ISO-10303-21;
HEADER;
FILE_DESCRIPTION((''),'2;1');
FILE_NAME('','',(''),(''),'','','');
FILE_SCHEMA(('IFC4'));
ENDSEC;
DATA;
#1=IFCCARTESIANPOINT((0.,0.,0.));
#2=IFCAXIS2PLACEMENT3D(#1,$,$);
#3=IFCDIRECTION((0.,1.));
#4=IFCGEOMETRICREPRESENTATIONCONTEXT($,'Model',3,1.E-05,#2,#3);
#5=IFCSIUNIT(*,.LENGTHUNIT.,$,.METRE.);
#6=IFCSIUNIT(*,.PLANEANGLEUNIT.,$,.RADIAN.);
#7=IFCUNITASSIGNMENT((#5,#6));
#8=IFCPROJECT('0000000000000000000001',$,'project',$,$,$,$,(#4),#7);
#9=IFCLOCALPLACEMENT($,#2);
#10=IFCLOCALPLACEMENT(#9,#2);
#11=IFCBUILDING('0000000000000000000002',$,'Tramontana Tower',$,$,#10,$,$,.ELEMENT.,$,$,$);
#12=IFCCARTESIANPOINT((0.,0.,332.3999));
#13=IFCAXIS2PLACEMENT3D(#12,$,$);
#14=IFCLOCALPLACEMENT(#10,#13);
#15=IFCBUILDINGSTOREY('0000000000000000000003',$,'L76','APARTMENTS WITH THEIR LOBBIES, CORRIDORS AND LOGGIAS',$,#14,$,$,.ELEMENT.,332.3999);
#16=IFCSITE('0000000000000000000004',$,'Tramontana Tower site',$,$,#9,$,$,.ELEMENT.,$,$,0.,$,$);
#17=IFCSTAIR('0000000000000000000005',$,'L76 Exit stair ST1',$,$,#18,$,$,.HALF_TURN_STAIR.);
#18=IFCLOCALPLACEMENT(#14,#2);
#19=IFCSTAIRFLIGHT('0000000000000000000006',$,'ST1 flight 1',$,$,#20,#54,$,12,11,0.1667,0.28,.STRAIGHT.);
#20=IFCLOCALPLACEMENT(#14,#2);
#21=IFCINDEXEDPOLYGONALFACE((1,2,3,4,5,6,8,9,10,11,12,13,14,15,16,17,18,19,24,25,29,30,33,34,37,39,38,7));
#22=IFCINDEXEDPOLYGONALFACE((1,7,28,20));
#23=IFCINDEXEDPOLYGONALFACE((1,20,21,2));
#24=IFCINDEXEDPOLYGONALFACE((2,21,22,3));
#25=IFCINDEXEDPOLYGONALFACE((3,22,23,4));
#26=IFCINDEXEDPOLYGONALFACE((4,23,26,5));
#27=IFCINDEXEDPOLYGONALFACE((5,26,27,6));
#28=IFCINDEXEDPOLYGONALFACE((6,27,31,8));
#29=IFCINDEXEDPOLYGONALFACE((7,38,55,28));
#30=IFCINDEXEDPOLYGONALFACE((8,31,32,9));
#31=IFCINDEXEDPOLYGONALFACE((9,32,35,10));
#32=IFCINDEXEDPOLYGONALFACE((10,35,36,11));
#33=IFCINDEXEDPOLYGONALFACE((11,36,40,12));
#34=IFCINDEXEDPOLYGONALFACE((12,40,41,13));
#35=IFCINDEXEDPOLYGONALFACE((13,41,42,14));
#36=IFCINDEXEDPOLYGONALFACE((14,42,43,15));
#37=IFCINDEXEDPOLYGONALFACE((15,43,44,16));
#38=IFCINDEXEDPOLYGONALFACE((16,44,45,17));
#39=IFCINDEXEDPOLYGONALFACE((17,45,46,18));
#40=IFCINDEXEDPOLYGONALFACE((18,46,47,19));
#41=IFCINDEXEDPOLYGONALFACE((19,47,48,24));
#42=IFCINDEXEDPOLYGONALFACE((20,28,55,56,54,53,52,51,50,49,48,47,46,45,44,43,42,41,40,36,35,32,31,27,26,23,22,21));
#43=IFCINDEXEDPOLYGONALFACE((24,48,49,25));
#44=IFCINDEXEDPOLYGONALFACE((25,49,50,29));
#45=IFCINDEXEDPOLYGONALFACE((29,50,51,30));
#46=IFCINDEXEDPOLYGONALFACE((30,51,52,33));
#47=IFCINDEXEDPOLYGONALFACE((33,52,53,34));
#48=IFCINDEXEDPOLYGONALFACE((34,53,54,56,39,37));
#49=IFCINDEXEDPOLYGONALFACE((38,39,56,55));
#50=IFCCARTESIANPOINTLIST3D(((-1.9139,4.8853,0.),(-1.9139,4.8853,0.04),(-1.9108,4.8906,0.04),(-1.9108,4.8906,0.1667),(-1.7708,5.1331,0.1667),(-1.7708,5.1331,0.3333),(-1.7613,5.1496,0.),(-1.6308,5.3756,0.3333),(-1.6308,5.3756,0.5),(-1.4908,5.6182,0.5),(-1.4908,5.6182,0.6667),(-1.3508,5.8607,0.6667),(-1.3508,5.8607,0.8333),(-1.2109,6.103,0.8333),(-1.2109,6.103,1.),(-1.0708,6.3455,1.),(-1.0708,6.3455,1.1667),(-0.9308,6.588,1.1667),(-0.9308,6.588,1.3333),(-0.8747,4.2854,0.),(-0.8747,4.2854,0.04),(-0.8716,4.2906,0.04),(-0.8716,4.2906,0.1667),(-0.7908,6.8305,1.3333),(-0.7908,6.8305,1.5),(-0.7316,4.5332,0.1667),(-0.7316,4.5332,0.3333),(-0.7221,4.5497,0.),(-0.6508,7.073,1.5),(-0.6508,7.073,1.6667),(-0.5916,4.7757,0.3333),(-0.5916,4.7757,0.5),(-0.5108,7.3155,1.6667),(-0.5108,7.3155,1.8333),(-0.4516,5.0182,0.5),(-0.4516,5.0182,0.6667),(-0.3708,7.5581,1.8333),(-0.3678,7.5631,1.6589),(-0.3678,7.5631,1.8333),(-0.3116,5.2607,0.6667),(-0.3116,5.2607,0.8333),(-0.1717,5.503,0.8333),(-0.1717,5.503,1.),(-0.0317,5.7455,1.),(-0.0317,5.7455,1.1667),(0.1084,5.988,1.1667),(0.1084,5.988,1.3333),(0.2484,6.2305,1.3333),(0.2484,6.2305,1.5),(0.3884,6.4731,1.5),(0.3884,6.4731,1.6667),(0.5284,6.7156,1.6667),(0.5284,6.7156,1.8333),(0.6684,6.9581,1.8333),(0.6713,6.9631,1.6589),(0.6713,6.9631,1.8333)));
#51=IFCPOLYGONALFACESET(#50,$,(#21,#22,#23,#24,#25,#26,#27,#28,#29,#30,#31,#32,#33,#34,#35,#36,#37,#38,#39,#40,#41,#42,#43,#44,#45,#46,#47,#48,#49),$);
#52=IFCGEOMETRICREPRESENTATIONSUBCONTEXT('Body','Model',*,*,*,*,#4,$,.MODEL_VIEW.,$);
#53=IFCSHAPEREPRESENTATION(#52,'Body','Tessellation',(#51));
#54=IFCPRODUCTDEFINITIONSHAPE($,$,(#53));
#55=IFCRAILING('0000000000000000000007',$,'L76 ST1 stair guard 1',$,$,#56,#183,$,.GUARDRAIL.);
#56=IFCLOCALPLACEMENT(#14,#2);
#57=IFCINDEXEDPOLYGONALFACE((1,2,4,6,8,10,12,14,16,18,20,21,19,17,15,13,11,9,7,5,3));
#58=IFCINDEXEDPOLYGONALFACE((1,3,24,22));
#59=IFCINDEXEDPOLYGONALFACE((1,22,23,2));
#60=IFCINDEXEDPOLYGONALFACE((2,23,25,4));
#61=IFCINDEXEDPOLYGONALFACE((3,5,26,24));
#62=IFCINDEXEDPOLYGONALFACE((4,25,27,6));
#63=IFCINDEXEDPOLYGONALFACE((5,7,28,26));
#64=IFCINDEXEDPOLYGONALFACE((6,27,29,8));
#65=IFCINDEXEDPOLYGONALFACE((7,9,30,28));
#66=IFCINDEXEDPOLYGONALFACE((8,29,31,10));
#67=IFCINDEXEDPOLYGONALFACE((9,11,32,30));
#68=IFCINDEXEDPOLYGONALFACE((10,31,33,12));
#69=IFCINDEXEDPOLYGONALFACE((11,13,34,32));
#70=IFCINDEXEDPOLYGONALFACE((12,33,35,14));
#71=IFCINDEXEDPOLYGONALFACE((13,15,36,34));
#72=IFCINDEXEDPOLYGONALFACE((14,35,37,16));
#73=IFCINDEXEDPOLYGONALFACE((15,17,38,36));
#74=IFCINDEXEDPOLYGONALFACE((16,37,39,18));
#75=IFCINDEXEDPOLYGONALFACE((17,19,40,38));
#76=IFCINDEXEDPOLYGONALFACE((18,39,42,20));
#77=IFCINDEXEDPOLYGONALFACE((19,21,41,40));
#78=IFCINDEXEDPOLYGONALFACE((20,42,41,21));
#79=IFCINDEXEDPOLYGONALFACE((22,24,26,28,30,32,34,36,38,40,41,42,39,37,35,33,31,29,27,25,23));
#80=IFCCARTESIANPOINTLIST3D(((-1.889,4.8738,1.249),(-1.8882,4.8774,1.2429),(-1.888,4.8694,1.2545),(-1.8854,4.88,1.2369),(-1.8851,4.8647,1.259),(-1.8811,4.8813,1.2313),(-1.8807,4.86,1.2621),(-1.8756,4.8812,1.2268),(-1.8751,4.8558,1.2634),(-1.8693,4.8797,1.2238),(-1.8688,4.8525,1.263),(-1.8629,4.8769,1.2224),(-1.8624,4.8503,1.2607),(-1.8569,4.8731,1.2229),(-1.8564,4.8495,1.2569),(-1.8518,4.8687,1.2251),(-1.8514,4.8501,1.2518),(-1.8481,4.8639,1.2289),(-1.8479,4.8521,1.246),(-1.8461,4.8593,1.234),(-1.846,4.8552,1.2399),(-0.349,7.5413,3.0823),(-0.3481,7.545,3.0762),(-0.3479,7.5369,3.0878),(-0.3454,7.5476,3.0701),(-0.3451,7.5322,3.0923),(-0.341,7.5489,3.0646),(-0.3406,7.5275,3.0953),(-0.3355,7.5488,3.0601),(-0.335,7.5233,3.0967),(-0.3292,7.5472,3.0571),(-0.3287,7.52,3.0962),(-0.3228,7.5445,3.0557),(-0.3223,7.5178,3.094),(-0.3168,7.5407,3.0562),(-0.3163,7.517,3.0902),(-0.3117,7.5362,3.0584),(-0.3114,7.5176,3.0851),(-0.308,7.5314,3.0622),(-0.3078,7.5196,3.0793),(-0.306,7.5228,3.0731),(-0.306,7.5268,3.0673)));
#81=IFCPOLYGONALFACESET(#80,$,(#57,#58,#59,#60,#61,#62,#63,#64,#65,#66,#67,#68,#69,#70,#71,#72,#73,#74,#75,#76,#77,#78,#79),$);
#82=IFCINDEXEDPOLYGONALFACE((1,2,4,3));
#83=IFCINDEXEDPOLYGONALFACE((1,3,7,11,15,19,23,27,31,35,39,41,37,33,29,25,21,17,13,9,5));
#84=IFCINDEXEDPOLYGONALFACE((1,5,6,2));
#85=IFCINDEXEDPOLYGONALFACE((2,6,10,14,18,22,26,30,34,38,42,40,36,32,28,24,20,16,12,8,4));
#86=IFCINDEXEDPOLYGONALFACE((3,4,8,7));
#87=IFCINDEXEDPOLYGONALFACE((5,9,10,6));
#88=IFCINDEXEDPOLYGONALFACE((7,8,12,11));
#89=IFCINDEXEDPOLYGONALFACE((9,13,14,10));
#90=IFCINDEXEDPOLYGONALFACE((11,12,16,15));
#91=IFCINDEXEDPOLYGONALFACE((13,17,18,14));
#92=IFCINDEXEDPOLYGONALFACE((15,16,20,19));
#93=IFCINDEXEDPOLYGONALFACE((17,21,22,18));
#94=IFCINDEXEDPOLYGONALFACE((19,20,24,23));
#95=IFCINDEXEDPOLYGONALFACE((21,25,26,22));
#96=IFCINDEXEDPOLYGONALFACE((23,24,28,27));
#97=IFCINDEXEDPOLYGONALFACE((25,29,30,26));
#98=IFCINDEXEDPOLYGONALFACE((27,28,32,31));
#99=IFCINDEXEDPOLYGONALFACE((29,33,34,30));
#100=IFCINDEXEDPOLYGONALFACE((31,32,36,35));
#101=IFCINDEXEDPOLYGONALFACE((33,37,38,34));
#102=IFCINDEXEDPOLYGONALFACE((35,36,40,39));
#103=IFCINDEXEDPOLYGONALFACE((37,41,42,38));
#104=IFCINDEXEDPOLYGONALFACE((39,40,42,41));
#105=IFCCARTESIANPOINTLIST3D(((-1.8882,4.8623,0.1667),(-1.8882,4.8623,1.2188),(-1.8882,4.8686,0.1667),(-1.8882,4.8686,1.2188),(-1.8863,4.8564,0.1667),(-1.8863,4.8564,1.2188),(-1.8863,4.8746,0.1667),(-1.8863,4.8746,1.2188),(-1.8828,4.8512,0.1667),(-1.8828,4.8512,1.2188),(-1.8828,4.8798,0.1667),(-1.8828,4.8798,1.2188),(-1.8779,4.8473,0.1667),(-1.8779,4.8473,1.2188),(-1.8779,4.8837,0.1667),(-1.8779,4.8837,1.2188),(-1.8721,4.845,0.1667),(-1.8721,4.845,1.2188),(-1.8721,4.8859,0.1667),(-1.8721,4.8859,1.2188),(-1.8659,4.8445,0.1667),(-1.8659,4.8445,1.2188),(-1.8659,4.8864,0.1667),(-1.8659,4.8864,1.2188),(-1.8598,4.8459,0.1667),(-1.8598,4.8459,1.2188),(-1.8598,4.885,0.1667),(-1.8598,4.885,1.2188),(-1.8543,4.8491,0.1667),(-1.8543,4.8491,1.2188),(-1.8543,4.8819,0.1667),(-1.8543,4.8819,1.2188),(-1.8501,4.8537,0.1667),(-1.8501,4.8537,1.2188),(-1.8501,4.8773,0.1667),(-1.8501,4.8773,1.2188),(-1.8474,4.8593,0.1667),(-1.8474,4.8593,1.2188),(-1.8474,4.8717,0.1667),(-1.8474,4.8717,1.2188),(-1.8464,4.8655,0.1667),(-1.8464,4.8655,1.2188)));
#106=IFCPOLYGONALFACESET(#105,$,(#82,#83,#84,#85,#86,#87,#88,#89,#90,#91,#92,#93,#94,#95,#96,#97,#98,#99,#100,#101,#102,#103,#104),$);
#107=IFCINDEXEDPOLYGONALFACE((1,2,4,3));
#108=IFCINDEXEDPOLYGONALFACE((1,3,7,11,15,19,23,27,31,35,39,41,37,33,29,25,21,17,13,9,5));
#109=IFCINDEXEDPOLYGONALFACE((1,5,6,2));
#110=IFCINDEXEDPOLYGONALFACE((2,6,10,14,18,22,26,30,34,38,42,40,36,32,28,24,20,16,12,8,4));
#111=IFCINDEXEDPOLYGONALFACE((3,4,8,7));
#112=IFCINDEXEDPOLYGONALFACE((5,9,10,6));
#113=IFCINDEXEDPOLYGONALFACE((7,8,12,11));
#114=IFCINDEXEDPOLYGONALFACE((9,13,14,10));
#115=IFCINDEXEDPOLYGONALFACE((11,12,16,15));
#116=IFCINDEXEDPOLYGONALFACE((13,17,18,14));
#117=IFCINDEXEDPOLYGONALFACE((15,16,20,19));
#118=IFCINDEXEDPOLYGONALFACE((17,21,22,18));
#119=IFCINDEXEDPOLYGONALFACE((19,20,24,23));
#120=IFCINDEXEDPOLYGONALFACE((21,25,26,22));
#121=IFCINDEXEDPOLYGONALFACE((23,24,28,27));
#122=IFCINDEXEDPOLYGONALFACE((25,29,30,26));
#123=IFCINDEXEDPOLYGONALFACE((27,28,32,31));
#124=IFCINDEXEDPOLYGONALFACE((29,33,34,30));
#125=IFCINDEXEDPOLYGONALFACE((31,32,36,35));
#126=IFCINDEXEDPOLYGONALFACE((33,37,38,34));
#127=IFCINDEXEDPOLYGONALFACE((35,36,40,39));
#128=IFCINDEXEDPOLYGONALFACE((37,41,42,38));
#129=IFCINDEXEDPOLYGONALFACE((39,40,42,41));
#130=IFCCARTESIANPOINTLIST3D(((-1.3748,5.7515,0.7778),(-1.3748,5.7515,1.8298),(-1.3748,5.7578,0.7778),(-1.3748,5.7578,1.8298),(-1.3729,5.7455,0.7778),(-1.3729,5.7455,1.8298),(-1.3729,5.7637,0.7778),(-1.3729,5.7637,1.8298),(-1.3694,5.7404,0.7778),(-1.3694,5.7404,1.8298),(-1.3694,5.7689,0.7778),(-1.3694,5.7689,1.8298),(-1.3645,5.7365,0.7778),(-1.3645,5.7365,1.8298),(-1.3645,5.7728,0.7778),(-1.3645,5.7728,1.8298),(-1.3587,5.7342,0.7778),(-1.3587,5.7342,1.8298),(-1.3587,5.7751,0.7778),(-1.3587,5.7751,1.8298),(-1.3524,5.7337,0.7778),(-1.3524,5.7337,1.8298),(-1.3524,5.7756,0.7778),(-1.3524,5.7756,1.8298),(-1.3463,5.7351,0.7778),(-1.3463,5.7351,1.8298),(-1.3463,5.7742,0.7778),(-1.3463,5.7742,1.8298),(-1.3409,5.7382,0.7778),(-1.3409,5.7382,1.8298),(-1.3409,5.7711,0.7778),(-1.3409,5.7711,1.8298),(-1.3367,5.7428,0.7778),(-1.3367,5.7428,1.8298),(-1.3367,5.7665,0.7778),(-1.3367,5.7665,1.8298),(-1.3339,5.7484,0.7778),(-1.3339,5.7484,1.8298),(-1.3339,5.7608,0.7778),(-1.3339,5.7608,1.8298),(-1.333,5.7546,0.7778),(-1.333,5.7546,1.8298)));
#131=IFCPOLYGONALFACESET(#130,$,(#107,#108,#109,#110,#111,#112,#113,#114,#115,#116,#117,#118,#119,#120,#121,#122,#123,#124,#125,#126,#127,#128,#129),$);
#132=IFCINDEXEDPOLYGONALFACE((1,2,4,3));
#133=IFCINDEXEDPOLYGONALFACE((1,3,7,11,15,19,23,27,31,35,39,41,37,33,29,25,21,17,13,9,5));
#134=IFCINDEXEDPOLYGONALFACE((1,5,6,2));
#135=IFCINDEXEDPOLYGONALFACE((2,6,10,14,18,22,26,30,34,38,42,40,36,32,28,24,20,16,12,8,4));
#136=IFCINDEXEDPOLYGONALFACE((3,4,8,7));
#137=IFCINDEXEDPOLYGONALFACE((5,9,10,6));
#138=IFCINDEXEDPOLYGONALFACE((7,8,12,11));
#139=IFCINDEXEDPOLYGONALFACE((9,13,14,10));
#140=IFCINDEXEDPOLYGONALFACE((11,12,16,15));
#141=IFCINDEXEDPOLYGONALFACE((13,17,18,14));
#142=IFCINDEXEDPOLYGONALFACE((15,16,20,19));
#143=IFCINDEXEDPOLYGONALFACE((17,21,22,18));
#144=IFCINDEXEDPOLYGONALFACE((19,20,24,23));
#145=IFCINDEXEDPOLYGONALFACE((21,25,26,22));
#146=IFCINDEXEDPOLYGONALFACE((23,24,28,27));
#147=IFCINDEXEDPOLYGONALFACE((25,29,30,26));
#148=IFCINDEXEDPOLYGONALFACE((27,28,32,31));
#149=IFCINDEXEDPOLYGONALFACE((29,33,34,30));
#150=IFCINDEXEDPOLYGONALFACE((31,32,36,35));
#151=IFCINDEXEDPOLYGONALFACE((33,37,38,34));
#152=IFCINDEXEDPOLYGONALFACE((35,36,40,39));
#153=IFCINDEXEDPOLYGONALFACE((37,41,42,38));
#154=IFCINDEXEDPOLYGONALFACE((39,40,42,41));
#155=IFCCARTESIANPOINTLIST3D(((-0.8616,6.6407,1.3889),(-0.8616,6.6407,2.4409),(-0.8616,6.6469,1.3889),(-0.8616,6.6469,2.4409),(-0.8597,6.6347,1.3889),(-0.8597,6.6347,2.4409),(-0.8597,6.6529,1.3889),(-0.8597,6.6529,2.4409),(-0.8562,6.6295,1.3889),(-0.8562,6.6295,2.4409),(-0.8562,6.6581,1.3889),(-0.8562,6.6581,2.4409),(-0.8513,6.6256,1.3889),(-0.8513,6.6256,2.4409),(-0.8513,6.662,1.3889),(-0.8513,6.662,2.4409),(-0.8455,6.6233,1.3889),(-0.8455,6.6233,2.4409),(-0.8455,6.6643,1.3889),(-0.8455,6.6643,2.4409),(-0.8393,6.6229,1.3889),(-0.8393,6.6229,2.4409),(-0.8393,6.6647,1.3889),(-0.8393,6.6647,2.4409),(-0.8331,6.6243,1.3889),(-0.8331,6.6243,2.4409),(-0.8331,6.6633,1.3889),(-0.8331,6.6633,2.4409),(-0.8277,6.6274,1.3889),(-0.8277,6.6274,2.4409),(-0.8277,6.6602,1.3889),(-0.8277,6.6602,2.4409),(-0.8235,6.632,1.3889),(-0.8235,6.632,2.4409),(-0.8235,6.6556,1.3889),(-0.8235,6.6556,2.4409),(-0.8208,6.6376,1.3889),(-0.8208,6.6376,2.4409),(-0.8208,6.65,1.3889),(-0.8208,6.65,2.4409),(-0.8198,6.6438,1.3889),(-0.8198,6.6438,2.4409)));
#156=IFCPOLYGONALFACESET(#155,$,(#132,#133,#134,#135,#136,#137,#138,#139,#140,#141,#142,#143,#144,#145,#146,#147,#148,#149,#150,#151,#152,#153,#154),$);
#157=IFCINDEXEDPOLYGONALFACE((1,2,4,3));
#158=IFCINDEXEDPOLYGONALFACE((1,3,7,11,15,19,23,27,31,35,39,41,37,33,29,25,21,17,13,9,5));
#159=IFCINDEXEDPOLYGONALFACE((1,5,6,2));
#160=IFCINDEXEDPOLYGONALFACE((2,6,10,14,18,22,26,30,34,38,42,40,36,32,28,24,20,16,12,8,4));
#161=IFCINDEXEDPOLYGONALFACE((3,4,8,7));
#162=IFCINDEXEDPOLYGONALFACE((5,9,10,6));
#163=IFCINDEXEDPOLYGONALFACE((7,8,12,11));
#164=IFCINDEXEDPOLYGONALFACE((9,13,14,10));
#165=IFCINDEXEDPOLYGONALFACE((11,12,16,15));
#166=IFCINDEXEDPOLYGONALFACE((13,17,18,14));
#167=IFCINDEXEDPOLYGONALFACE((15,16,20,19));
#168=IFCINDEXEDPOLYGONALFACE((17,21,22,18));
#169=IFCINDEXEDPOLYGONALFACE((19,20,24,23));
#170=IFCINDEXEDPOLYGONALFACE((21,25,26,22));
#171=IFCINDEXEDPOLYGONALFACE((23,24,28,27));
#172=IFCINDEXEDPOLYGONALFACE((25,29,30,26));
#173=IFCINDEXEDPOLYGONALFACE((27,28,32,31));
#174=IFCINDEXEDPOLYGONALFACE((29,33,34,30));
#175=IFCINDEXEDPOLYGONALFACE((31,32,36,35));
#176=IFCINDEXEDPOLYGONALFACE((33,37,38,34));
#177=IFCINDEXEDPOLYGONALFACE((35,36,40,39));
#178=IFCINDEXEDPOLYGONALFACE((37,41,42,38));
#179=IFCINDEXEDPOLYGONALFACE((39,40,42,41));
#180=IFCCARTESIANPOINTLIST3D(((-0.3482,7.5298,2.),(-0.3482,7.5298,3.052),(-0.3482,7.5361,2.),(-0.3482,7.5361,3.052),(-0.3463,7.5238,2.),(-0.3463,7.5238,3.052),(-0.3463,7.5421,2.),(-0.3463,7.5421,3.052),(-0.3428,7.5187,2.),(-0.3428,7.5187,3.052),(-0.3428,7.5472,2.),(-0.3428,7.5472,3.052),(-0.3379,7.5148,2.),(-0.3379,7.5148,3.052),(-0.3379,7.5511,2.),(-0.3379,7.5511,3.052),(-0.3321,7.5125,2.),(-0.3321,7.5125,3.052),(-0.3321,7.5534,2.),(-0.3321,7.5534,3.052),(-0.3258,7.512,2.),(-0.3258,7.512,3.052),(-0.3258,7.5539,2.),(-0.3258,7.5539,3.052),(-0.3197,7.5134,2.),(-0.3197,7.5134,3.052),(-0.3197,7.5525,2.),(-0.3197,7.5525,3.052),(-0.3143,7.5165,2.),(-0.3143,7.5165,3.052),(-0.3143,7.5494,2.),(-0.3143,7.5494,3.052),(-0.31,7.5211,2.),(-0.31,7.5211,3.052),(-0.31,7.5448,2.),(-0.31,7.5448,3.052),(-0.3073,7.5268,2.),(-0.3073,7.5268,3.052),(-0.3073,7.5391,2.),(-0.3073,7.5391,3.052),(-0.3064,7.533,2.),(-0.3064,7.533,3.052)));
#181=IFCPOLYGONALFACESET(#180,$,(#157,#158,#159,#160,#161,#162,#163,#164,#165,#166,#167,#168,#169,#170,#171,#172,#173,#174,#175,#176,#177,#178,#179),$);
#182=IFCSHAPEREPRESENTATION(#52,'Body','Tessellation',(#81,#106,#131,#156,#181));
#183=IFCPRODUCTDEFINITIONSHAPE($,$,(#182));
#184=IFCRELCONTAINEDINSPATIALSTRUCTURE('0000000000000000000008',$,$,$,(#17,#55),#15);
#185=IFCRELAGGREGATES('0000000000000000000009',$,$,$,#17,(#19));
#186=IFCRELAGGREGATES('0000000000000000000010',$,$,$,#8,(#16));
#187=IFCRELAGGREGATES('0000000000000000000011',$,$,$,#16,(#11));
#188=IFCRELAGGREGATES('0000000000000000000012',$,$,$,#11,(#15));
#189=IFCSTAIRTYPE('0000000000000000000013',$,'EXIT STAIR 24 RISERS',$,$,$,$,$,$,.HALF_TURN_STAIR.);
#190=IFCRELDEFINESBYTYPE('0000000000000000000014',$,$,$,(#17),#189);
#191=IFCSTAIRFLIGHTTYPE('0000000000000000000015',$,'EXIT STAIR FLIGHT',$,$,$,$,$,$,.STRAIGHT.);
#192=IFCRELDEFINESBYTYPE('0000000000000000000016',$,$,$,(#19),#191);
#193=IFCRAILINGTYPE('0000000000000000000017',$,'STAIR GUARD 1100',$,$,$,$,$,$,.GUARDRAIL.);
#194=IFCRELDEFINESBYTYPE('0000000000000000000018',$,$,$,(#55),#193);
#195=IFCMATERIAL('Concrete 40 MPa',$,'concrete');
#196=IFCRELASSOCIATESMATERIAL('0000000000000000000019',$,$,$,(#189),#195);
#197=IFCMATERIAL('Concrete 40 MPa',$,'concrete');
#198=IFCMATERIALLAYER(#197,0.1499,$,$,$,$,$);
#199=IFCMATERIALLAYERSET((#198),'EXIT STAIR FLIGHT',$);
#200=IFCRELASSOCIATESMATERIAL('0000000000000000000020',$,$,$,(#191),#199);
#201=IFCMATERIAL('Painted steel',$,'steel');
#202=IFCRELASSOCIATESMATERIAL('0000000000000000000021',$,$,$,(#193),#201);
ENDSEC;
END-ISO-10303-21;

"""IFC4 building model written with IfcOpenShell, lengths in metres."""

from ifc_helpers import new_model, si_unit, direction, frame, origin, origin_2d, place, context, subcontext, project, spatial, polyline, circle, outline, extrude, material, layer, layer_set, type_object, element, aggregate, save


model = new_model("IFC4")

# Units and contexts
model_context = context("Model", 3, precision=1e-05, world=origin(), true_north=direction((0.0, 1.0)))
body_context = subcontext(model_context, "Body", "Model", "MODEL_VIEW")
ifc_project = project(units=[si_unit("LENGTHUNIT", "METRE"), si_unit("PLANEANGLEUNIT", "RADIAN")], contexts=[model_context])

# Site, building, storey
site_placement = place(None, origin())
site = spatial("IfcSite", under=ifc_project, at=site_placement, Name="Tramontana Tower site", CompositionType="ELEMENT", RefElevation=0.0)
building_placement = place(site_placement, origin())
building = spatial("IfcBuilding", under=site, at=building_placement, Name="Tramontana Tower", CompositionType="ELEMENT")
storey_placement = place(building_placement, frame((0.0, 0.0, 332.3999)))
storey = spatial("IfcBuildingStorey", under=building, at=storey_placement, Name="L76", Description="APARTMENTS WITH THEIR LOBBIES, CORRIDORS AND LOGGIAS", CompositionType="ELEMENT", Elevation=332.3999)

# Stair, stair flight
ifc_material_1 = material(Name="Concrete 40 MPa", Category="concrete")
stair_type = type_object("IfcStairType", Name="EXIT STAIR 24 RISERS", PredefinedType="HALF_TURN_STAIR", material=ifc_material_1)
stair_placement = place(storey_placement, origin())
stair = element("IfcStair", 1, at=stair_placement, inside=storey, type_object=stair_type, Name="L76 Exit stair ST1", PredefinedType="HALF_TURN_STAIR")
ifc_material_2 = material(Name="Concrete 40 MPa", Category="concrete")
ifc_layer_1 = layer(ifc_material_2, 0.1499)
ifc_layer_set_1 = layer_set([ifc_layer_1], Name="EXIT STAIR FLIGHT")
stair_flight_type = type_object("IfcStairFlightType", Name="EXIT STAIR FLIGHT", PredefinedType="STRAIGHT", material=ifc_layer_set_1)
stair_flight_placement = place(storey_placement, frame((-1.3911, 4.5906, 0.0), z_axis=(0.0, 0.0, 1.0), x_axis=(0.5, 0.866025, 0.0)))
stair_flight = element("IfcStairFlight", 2, at=stair_flight_placement, type_object=stair_flight_type, Name="ST1 flight 1", NumberOfRisers=12, NumberOfTreads=11, PredefinedType="STRAIGHT", RiserHeight=0.1667, TreadLength=0.28, context=body_context, shape_type="SweptSolid", body=[
    extrude(outline(polyline([(-0.0061, 0.0), (-0.0061, 0.04), (0.0, 0.04), (0.0, 0.1667), (0.28, 0.1667), (0.28, 0.3333), (0.5601, 0.3333), (0.5601, 0.5), (0.8401, 0.5), (0.8401, 0.6667), (1.1201, 0.6667), (1.1201, 0.8333), (1.3999, 0.8333), (1.3999, 1.0), (1.6799, 1.0), (1.6799, 1.1667), (1.96, 1.1667), (1.96, 1.3333), (2.24, 1.3333), (2.24, 1.5), (2.52, 1.5), (2.52, 1.6667), (2.8, 1.6667), (2.8, 1.8333), (3.0801, 1.8333), (3.0859, 1.8333), (3.0859, 1.6589), (0.2991, 0.0), (-0.0061, 0.0)])), frame((0.0, 0.6001, 0.0), z_axis=(0.0, -1.0, 0.0), x_axis=(1.0, 0.0, 0.0)), (0.0, 0.0, 1.0), 1.2),
])
aggregate(stair, [stair_flight])

# Railing
ifc_material_3 = material(Name="Painted steel", Category="steel")
railing_type_1 = type_object("IfcRailingType", Name="STAIR GUARD 1100", PredefinedType="GUARDRAIL", material=ifc_material_3)
railing_1_placement = place(storey_placement, frame((-1.8674, 4.8655, 0.1667)))
element("IfcRailing", 3, at=railing_1_placement, inside=storey, type_object=railing_type_1, Name="L76 ST1 stair guard 1", PredefinedType="GUARDRAIL", context=body_context, shape_type="SweptSolid", body=[
    extrude(circle(Radius=0.0239, at=origin_2d()), frame((0.0, 0.0, 1.0762), z_axis=(0.429649, 0.74419, 0.511452), x_axis=(-0.86603, 0.499992, 0.0)), (0.0, 0.0, 1.0), 3.5845),
    extrude(circle(Radius=0.021, at=origin_2d()), origin(), (0.0, 0.0, 1.0), 1.052),
    extrude(circle(Radius=0.021, at=origin_2d()), frame((0.5134, 0.8892, 0.6111)), (0.0, 0.0, 1.0), 1.052),
    extrude(circle(Radius=0.021, at=origin_2d()), frame((1.0266, 1.7783, 1.2222)), (0.0, 0.0, 1.0), 1.052),
    extrude(circle(Radius=0.021, at=origin_2d()), frame((1.54, 2.6675, 1.8333)), (0.0, 0.0, 1.0), 1.052),
])

save(model, "model.ifc")
